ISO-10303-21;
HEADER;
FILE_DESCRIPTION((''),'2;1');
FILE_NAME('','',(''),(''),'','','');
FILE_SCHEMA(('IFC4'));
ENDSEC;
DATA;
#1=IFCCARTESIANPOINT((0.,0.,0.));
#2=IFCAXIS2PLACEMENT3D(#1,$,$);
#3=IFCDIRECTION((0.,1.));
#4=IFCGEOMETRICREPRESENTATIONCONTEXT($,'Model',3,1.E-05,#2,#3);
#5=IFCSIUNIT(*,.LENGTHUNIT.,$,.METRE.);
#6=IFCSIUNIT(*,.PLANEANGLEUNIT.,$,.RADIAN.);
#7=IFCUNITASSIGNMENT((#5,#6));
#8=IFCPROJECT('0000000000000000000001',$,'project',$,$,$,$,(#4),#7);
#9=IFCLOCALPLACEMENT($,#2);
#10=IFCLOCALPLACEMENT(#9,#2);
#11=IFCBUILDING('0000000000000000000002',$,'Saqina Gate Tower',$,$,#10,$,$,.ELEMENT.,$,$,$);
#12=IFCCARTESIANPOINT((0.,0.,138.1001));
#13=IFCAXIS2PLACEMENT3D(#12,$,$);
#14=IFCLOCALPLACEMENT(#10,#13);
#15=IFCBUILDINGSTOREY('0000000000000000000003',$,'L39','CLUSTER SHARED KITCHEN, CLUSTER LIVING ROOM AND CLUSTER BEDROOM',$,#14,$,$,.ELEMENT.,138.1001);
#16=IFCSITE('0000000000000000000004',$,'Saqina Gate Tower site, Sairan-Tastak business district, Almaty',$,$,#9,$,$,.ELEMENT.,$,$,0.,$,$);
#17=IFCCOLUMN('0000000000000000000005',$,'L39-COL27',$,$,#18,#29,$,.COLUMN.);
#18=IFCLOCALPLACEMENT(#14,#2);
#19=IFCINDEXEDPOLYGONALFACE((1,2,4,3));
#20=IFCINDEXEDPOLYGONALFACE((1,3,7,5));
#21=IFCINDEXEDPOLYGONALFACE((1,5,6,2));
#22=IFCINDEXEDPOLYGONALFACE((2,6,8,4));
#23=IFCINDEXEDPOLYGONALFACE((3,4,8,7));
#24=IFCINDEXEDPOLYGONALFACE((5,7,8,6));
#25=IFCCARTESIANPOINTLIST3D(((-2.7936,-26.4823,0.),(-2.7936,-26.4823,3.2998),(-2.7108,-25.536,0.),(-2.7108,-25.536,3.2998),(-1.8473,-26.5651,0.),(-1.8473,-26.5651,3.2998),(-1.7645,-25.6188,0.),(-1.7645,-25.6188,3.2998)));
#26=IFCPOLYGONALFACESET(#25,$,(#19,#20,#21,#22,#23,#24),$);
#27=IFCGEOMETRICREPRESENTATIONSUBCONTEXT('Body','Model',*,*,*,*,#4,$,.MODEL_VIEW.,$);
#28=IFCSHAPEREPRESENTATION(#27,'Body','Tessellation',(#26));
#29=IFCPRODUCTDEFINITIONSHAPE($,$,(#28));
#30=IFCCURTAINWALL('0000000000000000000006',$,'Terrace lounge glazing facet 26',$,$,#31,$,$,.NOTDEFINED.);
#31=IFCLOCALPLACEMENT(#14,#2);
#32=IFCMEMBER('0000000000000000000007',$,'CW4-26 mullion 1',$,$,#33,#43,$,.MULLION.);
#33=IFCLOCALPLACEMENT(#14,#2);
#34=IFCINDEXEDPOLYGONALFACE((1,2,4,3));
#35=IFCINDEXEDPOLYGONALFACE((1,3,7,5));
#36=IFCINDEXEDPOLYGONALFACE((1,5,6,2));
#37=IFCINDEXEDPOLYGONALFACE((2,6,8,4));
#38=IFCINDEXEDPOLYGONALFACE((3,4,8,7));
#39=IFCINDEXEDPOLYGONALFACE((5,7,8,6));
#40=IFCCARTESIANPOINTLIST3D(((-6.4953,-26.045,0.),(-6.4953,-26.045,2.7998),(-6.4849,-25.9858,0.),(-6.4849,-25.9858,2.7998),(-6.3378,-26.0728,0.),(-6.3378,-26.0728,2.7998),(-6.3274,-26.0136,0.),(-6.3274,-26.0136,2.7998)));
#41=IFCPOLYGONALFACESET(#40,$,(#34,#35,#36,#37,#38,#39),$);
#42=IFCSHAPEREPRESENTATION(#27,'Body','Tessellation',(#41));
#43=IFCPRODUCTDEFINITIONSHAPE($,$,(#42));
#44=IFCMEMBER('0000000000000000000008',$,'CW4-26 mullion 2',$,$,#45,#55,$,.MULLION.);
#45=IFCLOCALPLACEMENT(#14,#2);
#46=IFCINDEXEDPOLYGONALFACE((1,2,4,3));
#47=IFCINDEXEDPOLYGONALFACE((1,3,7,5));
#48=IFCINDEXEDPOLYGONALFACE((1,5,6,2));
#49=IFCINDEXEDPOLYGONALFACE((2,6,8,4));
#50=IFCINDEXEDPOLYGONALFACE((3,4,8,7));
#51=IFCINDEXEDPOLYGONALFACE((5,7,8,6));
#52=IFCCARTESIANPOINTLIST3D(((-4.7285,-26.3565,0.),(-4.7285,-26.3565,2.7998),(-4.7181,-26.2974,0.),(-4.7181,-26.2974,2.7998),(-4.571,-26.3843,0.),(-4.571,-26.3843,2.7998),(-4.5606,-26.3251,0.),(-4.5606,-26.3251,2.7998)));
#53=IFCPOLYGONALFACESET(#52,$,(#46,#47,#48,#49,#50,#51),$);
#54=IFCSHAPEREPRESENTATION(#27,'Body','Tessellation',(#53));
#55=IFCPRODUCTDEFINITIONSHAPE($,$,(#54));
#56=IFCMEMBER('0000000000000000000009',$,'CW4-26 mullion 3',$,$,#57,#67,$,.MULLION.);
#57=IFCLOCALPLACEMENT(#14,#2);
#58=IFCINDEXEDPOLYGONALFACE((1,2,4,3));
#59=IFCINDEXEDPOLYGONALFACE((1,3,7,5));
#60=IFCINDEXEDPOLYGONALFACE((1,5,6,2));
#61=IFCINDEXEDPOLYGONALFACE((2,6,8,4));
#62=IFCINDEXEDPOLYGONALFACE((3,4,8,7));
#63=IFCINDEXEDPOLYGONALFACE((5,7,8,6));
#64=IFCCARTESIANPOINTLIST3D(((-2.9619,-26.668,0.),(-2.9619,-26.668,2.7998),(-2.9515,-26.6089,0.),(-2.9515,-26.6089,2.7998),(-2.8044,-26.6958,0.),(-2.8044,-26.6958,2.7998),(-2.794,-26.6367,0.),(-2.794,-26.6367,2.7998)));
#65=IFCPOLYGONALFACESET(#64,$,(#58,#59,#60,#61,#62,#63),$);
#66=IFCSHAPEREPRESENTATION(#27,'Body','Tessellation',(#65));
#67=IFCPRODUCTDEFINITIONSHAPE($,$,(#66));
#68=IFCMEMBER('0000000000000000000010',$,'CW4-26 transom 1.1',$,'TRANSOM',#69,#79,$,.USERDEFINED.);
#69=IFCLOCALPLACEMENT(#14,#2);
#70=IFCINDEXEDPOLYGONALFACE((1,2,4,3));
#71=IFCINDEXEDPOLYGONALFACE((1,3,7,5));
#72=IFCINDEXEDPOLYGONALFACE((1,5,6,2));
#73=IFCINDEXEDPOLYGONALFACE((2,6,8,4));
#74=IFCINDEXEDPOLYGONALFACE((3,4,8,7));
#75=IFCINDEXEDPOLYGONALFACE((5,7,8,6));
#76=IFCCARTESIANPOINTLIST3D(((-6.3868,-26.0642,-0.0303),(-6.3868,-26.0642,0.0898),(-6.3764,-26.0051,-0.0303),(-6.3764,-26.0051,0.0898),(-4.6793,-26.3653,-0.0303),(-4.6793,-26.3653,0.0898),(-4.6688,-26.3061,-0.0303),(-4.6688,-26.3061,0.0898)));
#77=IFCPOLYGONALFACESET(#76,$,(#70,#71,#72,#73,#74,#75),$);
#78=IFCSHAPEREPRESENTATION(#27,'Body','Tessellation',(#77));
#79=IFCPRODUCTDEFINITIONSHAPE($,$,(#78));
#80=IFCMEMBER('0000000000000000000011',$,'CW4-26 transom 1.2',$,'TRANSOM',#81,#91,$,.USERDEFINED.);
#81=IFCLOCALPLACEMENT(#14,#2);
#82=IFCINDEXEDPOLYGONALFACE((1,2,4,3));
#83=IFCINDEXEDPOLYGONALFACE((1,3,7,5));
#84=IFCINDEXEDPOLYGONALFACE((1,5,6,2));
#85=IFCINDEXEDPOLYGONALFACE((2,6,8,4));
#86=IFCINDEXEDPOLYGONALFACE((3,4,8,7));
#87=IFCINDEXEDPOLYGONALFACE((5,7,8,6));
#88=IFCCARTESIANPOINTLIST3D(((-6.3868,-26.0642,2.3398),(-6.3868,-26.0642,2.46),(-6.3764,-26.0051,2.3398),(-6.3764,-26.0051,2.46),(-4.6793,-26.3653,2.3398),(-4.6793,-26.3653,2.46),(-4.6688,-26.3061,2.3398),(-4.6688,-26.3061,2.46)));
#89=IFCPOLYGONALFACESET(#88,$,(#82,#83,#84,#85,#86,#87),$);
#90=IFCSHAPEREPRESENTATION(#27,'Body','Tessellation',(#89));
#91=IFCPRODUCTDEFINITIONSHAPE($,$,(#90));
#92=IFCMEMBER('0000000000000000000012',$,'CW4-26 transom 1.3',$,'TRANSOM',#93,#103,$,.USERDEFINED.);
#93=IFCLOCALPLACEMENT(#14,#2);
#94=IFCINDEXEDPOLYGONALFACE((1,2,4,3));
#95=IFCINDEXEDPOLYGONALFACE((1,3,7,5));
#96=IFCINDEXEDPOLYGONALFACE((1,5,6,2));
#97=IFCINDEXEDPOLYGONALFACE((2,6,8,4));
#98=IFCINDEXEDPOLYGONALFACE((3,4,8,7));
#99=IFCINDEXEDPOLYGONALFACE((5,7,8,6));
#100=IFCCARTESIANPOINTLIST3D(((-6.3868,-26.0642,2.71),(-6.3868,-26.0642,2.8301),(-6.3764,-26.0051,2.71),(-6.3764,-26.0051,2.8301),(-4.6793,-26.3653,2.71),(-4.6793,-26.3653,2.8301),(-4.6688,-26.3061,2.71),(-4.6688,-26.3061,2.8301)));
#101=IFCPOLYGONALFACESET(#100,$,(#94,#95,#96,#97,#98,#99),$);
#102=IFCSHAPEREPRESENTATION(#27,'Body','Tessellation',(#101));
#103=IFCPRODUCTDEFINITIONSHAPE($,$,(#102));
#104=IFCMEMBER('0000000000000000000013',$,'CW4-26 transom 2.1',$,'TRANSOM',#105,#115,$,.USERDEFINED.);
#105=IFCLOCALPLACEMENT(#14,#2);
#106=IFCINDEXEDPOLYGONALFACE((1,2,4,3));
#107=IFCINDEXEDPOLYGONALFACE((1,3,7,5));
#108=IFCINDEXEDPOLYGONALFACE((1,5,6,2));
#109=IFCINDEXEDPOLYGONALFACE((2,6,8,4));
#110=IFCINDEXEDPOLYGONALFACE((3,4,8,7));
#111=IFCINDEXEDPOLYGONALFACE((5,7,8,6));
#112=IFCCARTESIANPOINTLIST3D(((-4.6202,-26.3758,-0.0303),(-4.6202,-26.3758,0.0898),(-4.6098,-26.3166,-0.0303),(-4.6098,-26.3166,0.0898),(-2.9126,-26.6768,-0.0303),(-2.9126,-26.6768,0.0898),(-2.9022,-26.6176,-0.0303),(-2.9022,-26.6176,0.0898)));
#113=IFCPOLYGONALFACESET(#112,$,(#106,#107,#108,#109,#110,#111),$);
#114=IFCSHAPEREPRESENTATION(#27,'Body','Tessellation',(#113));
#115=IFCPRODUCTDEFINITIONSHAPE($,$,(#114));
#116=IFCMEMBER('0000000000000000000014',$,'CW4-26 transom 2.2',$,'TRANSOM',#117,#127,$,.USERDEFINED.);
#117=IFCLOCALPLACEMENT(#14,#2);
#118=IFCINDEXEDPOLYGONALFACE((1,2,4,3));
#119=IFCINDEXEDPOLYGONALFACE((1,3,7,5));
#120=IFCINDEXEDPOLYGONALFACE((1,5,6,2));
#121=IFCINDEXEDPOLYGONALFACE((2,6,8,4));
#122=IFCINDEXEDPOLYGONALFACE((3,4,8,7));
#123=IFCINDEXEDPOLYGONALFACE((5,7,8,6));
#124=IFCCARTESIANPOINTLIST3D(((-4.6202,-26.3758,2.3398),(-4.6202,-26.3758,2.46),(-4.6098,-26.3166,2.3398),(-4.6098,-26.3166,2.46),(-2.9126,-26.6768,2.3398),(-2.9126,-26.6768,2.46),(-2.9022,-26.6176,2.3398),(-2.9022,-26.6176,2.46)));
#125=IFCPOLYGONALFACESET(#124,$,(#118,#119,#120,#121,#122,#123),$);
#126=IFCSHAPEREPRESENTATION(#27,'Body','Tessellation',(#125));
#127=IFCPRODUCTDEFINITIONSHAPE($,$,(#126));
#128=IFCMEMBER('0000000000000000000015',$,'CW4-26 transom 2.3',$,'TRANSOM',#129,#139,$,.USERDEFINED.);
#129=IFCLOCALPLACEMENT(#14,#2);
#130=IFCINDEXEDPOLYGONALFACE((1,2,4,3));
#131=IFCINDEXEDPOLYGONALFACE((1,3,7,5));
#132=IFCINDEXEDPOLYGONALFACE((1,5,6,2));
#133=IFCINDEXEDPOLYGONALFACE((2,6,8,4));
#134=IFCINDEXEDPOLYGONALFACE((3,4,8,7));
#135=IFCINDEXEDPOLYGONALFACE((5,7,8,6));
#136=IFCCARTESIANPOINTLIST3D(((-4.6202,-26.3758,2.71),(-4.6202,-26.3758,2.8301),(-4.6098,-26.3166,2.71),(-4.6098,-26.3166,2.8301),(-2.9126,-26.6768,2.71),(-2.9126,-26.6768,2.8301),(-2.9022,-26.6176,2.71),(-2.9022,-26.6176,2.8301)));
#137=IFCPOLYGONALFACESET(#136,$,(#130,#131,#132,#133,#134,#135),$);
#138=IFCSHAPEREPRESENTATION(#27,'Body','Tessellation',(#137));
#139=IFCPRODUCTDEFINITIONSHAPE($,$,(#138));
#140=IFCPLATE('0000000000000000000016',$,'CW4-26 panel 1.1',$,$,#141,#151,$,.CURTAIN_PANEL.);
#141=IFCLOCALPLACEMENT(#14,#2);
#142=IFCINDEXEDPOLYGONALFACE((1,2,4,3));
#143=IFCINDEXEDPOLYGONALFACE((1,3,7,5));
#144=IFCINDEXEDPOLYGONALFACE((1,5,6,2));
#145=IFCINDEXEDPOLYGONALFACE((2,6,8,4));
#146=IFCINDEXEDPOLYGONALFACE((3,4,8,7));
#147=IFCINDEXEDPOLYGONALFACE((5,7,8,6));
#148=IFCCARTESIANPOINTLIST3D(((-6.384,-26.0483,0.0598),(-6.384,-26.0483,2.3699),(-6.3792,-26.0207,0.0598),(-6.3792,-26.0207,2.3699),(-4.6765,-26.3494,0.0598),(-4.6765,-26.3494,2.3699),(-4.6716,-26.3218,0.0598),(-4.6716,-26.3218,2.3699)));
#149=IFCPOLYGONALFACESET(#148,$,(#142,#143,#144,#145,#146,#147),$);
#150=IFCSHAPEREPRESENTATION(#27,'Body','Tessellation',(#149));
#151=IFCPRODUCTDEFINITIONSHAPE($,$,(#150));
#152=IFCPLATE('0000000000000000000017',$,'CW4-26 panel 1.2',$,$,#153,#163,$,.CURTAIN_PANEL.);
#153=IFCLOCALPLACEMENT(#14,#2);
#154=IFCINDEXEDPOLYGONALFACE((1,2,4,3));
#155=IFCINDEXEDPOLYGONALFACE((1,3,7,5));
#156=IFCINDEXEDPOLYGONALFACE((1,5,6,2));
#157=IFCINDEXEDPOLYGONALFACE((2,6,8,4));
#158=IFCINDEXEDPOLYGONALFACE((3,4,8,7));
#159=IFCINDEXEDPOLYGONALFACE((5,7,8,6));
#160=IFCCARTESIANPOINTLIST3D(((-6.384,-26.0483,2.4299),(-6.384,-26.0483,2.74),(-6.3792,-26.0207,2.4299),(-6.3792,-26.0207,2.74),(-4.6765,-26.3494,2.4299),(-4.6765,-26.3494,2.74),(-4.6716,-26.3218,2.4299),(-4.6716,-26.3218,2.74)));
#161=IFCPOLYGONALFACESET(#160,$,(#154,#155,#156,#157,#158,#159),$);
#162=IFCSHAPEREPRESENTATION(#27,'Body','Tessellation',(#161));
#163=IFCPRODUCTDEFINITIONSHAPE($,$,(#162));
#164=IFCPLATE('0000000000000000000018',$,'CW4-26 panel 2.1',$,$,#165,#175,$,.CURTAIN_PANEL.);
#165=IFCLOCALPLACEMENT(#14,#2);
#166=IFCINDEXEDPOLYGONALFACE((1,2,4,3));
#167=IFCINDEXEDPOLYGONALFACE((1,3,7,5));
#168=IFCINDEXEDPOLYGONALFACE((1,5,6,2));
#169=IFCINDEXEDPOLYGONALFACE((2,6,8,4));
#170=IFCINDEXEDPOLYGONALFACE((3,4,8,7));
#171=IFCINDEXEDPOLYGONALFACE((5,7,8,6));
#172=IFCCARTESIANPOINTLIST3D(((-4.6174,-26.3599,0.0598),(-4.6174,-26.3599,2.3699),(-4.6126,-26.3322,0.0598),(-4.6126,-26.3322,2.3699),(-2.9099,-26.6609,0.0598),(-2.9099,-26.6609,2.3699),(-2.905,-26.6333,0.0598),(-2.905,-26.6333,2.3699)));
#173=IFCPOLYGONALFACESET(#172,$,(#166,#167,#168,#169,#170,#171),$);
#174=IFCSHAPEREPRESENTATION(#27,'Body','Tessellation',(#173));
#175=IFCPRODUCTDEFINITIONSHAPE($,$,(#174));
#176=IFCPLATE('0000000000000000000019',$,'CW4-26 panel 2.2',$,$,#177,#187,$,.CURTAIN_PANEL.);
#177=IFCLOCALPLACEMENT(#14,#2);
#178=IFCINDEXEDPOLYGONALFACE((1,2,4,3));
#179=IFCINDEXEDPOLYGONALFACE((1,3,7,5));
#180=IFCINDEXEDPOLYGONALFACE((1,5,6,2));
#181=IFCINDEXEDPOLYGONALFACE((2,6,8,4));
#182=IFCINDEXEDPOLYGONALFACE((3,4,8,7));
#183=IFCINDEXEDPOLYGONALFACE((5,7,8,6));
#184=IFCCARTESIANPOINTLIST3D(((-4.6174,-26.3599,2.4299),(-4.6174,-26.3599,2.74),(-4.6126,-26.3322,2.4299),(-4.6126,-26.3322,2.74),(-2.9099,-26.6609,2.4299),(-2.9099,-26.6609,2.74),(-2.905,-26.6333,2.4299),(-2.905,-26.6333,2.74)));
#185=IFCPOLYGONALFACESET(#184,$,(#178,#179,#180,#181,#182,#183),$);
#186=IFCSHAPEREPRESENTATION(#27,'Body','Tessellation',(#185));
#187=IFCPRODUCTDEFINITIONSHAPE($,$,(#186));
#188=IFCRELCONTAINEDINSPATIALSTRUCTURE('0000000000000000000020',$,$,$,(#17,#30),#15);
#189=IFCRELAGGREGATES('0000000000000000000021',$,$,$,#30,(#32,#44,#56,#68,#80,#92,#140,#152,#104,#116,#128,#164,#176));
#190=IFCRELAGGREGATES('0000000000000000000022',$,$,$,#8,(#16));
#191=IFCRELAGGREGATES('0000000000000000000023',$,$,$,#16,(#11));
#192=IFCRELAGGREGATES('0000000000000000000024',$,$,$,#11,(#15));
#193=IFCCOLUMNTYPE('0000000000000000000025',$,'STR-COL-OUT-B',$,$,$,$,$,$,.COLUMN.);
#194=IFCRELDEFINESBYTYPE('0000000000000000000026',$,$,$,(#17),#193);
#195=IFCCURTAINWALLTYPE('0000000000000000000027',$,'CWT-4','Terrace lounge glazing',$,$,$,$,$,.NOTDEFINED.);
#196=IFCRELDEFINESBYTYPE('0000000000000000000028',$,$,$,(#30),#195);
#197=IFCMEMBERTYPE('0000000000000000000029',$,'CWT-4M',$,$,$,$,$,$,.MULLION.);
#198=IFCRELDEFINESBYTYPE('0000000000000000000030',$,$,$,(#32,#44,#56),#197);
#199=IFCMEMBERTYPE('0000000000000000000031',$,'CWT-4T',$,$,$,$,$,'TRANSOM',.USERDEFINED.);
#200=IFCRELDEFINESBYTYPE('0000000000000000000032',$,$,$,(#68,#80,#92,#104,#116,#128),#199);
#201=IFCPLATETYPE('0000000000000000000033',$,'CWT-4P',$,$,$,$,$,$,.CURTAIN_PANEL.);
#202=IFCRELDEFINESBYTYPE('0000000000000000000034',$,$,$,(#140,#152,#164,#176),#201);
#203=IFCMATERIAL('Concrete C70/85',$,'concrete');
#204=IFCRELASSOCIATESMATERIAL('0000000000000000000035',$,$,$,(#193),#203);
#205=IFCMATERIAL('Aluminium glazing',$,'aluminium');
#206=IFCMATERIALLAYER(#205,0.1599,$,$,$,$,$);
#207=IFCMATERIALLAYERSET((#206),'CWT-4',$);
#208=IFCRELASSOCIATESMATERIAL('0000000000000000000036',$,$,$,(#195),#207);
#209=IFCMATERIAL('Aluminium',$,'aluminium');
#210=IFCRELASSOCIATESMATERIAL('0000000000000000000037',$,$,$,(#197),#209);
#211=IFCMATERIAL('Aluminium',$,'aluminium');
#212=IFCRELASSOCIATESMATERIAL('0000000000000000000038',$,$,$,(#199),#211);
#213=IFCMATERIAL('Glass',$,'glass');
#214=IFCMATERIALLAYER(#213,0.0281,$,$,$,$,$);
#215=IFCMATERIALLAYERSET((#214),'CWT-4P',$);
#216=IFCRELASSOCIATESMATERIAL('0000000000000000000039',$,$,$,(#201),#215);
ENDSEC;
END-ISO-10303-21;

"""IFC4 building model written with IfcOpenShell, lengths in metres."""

from ifc_helpers import new_model, si_unit, direction, frame, origin, origin_2d, place, context, subcontext, project, spatial, rectangle, extrude, material, layer, layer_set, material_profile, profile_set, type_object, element, aggregate, save


model = new_model("IFC4")

# Units and contexts
model_context = context("Model", 3, precision=1e-05, world=origin(), true_north=direction((0.0, 1.0)))
body_context = subcontext(model_context, "Body", "Model", "MODEL_VIEW")
ifc_project = project(units=[si_unit("LENGTHUNIT", "METRE"), si_unit("PLANEANGLEUNIT", "RADIAN")], contexts=[model_context])

# Site, building, storey
site_placement = place(None, origin())
site = spatial("IfcSite", under=ifc_project, at=site_placement, Name="Saqina Gate Tower site, Sairan-Tastak business district, Almaty", CompositionType="ELEMENT", RefElevation=0.0)
building_placement = place(site_placement, origin())
building = spatial("IfcBuilding", under=site, at=building_placement, Name="Saqina Gate Tower", CompositionType="ELEMENT")
storey_placement = place(building_placement, frame((0.0, 0.0, 138.1001)))
storey = spatial("IfcBuildingStorey", under=building, at=storey_placement, Name="L39", Description="CLUSTER SHARED KITCHEN, CLUSTER LIVING ROOM AND CLUSTER BEDROOM", CompositionType="ELEMENT", Elevation=138.1001)

# Column
ifc_material_1 = material(Name="Concrete C70/85", Category="concrete")
ifc_material_profile_1 = material_profile(ifc_material_1, rectangle(XDim=0.95, YDim=0.95, at=origin_2d()), Name="RC 950x950")
ifc_profile_set_1 = profile_set([ifc_material_profile_1], Name="Concrete C70/85")
column_type = type_object("IfcColumnType", Name="STR-COL-OUT-B", PredefinedType="COLUMN", material=ifc_profile_set_1)
column_placement = place(storey_placement, frame((-2.2791, -26.0505, 0.0), z_axis=(0.0, 0.0, 1.0), x_axis=(-0.087156, -0.996195, 0.0)))
element("IfcColumn", 1, at=column_placement, inside=storey, type_object=column_type, Name="L39-COL27", PredefinedType="COLUMN", context=body_context, shape_type="SweptSolid", body=[
    extrude(rectangle(XDim=0.95, YDim=0.95, at=origin_2d()), origin(), (0.0, 0.0, 1.0), 3.2998),
])

# Curtain wall, members, plates
ifc_material_2 = material(Name="Aluminium glazing", Category="aluminium")
ifc_layer_1 = layer(ifc_material_2, 0.1599)
ifc_layer_set_1 = layer_set([ifc_layer_1], Name="CWT-4")
curtain_wall_type = type_object("IfcCurtainWallType", Name="CWT-4", Description="Terrace lounge glazing", PredefinedType="NOTDEFINED", material=ifc_layer_set_1)
curtain_wall_placement = place(storey_placement, origin())
curtain_wall = element("IfcCurtainWall", 2, at=curtain_wall_placement, inside=storey, type_object=curtain_wall_type, Name="Terrace lounge glazing facet 26", PredefinedType="NOTDEFINED")
ifc_material_3 = material(Name="Aluminium", Category="aluminium")
ifc_material_profile_2 = material_profile(ifc_material_3, rectangle(XDim=0.0601, YDim=0.1599, at=origin_2d()), Name="Aluminium 60x160")
ifc_profile_set_2 = profile_set([ifc_material_profile_2], Name="Aluminium")
member_type_1 = type_object("IfcMemberType", Name="CWT-4M", PredefinedType="MULLION", material=ifc_profile_set_2)
member_1_placement = place(storey_placement, frame((-6.4114, -26.0293, 0.0), z_axis=(0.0, 0.0, 1.0), x_axis=(0.173638, 0.984809, 0.0)))
member_1 = element("IfcMember", 3, at=member_1_placement, type_object=member_type_1, Name="CW4-26 mullion 1", PredefinedType="MULLION", context=body_context, shape_type="SweptSolid", body=[
    extrude(rectangle(XDim=0.0601, YDim=0.1599, at=origin_2d()), origin(), (0.0, 0.0, 1.0), 2.7998),
])
member_2_placement = place(storey_placement, frame((-4.6445, -26.3408, 0.0), z_axis=(0.0, 0.0, 1.0), x_axis=(0.173638, 0.984809, 0.0)))
member_2 = element("IfcMember", 4, at=member_2_placement, type_object=member_type_1, Name="CW4-26 mullion 2", PredefinedType="MULLION", context=body_context, shape_type="SweptSolid", body=[
    extrude(rectangle(XDim=0.0601, YDim=0.1599, at=origin_2d()), origin(), (0.0, 0.0, 1.0), 2.7998),
])
member_3_placement = place(storey_placement, frame((-2.8779, -26.6523, 0.0), z_axis=(0.0, 0.0, 1.0), x_axis=(0.173638, 0.984809, 0.0)))
member_3 = element("IfcMember", 5, at=member_3_placement, type_object=member_type_1, Name="CW4-26 mullion 3", PredefinedType="MULLION", context=body_context, shape_type="SweptSolid", body=[
    extrude(rectangle(XDim=0.0601, YDim=0.1599, at=origin_2d()), origin(), (0.0, 0.0, 1.0), 2.7998),
])
ifc_material_4 = material(Name="Aluminium", Category="aluminium")
ifc_material_profile_3 = material_profile(ifc_material_4, rectangle(XDim=0.0601, YDim=0.1201, at=origin_2d()), Name="Aluminium 60x120")
ifc_profile_set_3 = profile_set([ifc_material_profile_3], Name="Aluminium")
member_type_2 = type_object("IfcMemberType", Name="CWT-4T", ElementType="TRANSOM", PredefinedType="USERDEFINED", material=ifc_profile_set_3)
member_4_placement = place(storey_placement, frame((-6.3816, -26.0347, 0.0298), z_axis=(0.984813, -0.173617, 0.0), x_axis=(0.173617, 0.984813, 0.0)))
member_4 = element("IfcMember", 6, at=member_4_placement, type_object=member_type_2, Name="CW4-26 transom 1.1", ObjectType="TRANSOM", PredefinedType="USERDEFINED", context=body_context, shape_type="SweptSolid", body=[
    extrude(rectangle(XDim=0.0601, YDim=0.1201, at=origin_2d()), origin(), (0.0, 0.0, 1.0), 1.7339),
])
member_5_placement = place(storey_placement, frame((-6.3816, -26.0347, 2.3999), z_axis=(0.984813, -0.173617, 0.0), x_axis=(0.173617, 0.984813, 0.0)))
member_5 = element("IfcMember", 7, at=member_5_placement, type_object=member_type_2, Name="CW4-26 transom 1.2", ObjectType="TRANSOM", PredefinedType="USERDEFINED", context=body_context, shape_type="SweptSolid", body=[
    extrude(rectangle(XDim=0.0601, YDim=0.1201, at=origin_2d()), origin(), (0.0, 0.0, 1.0), 1.7339),
])
member_6_placement = place(storey_placement, frame((-6.3816, -26.0347, 2.77), z_axis=(0.984813, -0.173617, 0.0), x_axis=(0.173617, 0.984813, 0.0)))
member_6 = element("IfcMember", 8, at=member_6_placement, type_object=member_type_2, Name="CW4-26 transom 1.3", ObjectType="TRANSOM", PredefinedType="USERDEFINED", context=body_context, shape_type="SweptSolid", body=[
    extrude(rectangle(XDim=0.0601, YDim=0.1201, at=origin_2d()), origin(), (0.0, 0.0, 1.0), 1.7339),
])
member_7_placement = place(storey_placement, frame((-4.615, -26.3462, 0.0298), z_axis=(0.984813, -0.173617, 0.0), x_axis=(0.173617, 0.984813, 0.0)))
member_7 = element("IfcMember", 9, at=member_7_placement, type_object=member_type_2, Name="CW4-26 transom 2.1", ObjectType="TRANSOM", PredefinedType="USERDEFINED", context=body_context, shape_type="SweptSolid", body=[
    extrude(rectangle(XDim=0.0601, YDim=0.1201, at=origin_2d()), origin(), (0.0, 0.0, 1.0), 1.7339),
])
member_8_placement = place(storey_placement, frame((-4.615, -26.3462, 2.3999), z_axis=(0.984813, -0.173617, 0.0), x_axis=(0.173617, 0.984813, 0.0)))
member_8 = element("IfcMember", 10, at=member_8_placement, type_object=member_type_2, Name="CW4-26 transom 2.2", ObjectType="TRANSOM", PredefinedType="USERDEFINED", context=body_context, shape_type="SweptSolid", body=[
    extrude(rectangle(XDim=0.0601, YDim=0.1201, at=origin_2d()), origin(), (0.0, 0.0, 1.0), 1.7339),
])
member_9_placement = place(storey_placement, frame((-4.615, -26.3462, 2.77), z_axis=(0.984813, -0.173617, 0.0), x_axis=(0.173617, 0.984813, 0.0)))
member_9 = element("IfcMember", 11, at=member_9_placement, type_object=member_type_2, Name="CW4-26 transom 2.3", ObjectType="TRANSOM", PredefinedType="USERDEFINED", context=body_context, shape_type="SweptSolid", body=[
    extrude(rectangle(XDim=0.0601, YDim=0.1201, at=origin_2d()), origin(), (0.0, 0.0, 1.0), 1.7339),
])
ifc_material_5 = material(Name="Glass", Category="glass")
ifc_layer_2 = layer(ifc_material_5, 0.0281)
ifc_layer_set_2 = layer_set([ifc_layer_2], Name="CWT-4P")
plate_type = type_object("IfcPlateType", Name="CWT-4P", PredefinedType="CURTAIN_PANEL", material=ifc_layer_set_2)
plate_1_placement = place(storey_placement, frame((-5.5278, -26.1851, 0.0598), z_axis=(0.0, 0.0, 1.0), x_axis=(0.984809, -0.173638, 0.0)))
plate_1 = element("IfcPlate", 12, at=plate_1_placement, type_object=plate_type, Name="CW4-26 panel 1.1", PredefinedType="CURTAIN_PANEL", context=body_context, shape_type="SweptSolid", body=[
    extrude(rectangle(XDim=1.7339, YDim=0.0281, at=origin_2d()), origin(), (0.0, 0.0, 1.0), 2.3101),
])
plate_2_placement = place(storey_placement, frame((-5.5278, -26.1851, 2.4299), z_axis=(0.0, 0.0, 1.0), x_axis=(0.984809, -0.173638, 0.0)))
plate_2 = element("IfcPlate", 13, at=plate_2_placement, type_object=plate_type, Name="CW4-26 panel 1.2", PredefinedType="CURTAIN_PANEL", context=body_context, shape_type="SweptSolid", body=[
    extrude(rectangle(XDim=1.7339, YDim=0.0281, at=origin_2d()), origin(), (0.0, 0.0, 1.0), 0.3101),
])
plate_3_placement = place(storey_placement, frame((-3.7612, -26.4966, 0.0598), z_axis=(0.0, 0.0, 1.0), x_axis=(0.984809, -0.173638, 0.0)))
plate_3 = element("IfcPlate", 14, at=plate_3_placement, type_object=plate_type, Name="CW4-26 panel 2.1", PredefinedType="CURTAIN_PANEL", context=body_context, shape_type="SweptSolid", body=[
    extrude(rectangle(XDim=1.7339, YDim=0.0281, at=origin_2d()), origin(), (0.0, 0.0, 1.0), 2.3101),
])
plate_4_placement = place(storey_placement, frame((-3.7612, -26.4966, 2.4299), z_axis=(0.0, 0.0, 1.0), x_axis=(0.984809, -0.173638, 0.0)))
plate_4 = element("IfcPlate", 15, at=plate_4_placement, type_object=plate_type, Name="CW4-26 panel 2.2", PredefinedType="CURTAIN_PANEL", context=body_context, shape_type="SweptSolid", body=[
    extrude(rectangle(XDim=1.7339, YDim=0.0281, at=origin_2d()), origin(), (0.0, 0.0, 1.0), 0.3101),
])
aggregate(curtain_wall, [member_1, member_2, member_3, member_4, member_5, member_6, plate_1, plate_2, member_7, member_8, member_9, plate_3, plate_4])

save(model, "model.ifc")
